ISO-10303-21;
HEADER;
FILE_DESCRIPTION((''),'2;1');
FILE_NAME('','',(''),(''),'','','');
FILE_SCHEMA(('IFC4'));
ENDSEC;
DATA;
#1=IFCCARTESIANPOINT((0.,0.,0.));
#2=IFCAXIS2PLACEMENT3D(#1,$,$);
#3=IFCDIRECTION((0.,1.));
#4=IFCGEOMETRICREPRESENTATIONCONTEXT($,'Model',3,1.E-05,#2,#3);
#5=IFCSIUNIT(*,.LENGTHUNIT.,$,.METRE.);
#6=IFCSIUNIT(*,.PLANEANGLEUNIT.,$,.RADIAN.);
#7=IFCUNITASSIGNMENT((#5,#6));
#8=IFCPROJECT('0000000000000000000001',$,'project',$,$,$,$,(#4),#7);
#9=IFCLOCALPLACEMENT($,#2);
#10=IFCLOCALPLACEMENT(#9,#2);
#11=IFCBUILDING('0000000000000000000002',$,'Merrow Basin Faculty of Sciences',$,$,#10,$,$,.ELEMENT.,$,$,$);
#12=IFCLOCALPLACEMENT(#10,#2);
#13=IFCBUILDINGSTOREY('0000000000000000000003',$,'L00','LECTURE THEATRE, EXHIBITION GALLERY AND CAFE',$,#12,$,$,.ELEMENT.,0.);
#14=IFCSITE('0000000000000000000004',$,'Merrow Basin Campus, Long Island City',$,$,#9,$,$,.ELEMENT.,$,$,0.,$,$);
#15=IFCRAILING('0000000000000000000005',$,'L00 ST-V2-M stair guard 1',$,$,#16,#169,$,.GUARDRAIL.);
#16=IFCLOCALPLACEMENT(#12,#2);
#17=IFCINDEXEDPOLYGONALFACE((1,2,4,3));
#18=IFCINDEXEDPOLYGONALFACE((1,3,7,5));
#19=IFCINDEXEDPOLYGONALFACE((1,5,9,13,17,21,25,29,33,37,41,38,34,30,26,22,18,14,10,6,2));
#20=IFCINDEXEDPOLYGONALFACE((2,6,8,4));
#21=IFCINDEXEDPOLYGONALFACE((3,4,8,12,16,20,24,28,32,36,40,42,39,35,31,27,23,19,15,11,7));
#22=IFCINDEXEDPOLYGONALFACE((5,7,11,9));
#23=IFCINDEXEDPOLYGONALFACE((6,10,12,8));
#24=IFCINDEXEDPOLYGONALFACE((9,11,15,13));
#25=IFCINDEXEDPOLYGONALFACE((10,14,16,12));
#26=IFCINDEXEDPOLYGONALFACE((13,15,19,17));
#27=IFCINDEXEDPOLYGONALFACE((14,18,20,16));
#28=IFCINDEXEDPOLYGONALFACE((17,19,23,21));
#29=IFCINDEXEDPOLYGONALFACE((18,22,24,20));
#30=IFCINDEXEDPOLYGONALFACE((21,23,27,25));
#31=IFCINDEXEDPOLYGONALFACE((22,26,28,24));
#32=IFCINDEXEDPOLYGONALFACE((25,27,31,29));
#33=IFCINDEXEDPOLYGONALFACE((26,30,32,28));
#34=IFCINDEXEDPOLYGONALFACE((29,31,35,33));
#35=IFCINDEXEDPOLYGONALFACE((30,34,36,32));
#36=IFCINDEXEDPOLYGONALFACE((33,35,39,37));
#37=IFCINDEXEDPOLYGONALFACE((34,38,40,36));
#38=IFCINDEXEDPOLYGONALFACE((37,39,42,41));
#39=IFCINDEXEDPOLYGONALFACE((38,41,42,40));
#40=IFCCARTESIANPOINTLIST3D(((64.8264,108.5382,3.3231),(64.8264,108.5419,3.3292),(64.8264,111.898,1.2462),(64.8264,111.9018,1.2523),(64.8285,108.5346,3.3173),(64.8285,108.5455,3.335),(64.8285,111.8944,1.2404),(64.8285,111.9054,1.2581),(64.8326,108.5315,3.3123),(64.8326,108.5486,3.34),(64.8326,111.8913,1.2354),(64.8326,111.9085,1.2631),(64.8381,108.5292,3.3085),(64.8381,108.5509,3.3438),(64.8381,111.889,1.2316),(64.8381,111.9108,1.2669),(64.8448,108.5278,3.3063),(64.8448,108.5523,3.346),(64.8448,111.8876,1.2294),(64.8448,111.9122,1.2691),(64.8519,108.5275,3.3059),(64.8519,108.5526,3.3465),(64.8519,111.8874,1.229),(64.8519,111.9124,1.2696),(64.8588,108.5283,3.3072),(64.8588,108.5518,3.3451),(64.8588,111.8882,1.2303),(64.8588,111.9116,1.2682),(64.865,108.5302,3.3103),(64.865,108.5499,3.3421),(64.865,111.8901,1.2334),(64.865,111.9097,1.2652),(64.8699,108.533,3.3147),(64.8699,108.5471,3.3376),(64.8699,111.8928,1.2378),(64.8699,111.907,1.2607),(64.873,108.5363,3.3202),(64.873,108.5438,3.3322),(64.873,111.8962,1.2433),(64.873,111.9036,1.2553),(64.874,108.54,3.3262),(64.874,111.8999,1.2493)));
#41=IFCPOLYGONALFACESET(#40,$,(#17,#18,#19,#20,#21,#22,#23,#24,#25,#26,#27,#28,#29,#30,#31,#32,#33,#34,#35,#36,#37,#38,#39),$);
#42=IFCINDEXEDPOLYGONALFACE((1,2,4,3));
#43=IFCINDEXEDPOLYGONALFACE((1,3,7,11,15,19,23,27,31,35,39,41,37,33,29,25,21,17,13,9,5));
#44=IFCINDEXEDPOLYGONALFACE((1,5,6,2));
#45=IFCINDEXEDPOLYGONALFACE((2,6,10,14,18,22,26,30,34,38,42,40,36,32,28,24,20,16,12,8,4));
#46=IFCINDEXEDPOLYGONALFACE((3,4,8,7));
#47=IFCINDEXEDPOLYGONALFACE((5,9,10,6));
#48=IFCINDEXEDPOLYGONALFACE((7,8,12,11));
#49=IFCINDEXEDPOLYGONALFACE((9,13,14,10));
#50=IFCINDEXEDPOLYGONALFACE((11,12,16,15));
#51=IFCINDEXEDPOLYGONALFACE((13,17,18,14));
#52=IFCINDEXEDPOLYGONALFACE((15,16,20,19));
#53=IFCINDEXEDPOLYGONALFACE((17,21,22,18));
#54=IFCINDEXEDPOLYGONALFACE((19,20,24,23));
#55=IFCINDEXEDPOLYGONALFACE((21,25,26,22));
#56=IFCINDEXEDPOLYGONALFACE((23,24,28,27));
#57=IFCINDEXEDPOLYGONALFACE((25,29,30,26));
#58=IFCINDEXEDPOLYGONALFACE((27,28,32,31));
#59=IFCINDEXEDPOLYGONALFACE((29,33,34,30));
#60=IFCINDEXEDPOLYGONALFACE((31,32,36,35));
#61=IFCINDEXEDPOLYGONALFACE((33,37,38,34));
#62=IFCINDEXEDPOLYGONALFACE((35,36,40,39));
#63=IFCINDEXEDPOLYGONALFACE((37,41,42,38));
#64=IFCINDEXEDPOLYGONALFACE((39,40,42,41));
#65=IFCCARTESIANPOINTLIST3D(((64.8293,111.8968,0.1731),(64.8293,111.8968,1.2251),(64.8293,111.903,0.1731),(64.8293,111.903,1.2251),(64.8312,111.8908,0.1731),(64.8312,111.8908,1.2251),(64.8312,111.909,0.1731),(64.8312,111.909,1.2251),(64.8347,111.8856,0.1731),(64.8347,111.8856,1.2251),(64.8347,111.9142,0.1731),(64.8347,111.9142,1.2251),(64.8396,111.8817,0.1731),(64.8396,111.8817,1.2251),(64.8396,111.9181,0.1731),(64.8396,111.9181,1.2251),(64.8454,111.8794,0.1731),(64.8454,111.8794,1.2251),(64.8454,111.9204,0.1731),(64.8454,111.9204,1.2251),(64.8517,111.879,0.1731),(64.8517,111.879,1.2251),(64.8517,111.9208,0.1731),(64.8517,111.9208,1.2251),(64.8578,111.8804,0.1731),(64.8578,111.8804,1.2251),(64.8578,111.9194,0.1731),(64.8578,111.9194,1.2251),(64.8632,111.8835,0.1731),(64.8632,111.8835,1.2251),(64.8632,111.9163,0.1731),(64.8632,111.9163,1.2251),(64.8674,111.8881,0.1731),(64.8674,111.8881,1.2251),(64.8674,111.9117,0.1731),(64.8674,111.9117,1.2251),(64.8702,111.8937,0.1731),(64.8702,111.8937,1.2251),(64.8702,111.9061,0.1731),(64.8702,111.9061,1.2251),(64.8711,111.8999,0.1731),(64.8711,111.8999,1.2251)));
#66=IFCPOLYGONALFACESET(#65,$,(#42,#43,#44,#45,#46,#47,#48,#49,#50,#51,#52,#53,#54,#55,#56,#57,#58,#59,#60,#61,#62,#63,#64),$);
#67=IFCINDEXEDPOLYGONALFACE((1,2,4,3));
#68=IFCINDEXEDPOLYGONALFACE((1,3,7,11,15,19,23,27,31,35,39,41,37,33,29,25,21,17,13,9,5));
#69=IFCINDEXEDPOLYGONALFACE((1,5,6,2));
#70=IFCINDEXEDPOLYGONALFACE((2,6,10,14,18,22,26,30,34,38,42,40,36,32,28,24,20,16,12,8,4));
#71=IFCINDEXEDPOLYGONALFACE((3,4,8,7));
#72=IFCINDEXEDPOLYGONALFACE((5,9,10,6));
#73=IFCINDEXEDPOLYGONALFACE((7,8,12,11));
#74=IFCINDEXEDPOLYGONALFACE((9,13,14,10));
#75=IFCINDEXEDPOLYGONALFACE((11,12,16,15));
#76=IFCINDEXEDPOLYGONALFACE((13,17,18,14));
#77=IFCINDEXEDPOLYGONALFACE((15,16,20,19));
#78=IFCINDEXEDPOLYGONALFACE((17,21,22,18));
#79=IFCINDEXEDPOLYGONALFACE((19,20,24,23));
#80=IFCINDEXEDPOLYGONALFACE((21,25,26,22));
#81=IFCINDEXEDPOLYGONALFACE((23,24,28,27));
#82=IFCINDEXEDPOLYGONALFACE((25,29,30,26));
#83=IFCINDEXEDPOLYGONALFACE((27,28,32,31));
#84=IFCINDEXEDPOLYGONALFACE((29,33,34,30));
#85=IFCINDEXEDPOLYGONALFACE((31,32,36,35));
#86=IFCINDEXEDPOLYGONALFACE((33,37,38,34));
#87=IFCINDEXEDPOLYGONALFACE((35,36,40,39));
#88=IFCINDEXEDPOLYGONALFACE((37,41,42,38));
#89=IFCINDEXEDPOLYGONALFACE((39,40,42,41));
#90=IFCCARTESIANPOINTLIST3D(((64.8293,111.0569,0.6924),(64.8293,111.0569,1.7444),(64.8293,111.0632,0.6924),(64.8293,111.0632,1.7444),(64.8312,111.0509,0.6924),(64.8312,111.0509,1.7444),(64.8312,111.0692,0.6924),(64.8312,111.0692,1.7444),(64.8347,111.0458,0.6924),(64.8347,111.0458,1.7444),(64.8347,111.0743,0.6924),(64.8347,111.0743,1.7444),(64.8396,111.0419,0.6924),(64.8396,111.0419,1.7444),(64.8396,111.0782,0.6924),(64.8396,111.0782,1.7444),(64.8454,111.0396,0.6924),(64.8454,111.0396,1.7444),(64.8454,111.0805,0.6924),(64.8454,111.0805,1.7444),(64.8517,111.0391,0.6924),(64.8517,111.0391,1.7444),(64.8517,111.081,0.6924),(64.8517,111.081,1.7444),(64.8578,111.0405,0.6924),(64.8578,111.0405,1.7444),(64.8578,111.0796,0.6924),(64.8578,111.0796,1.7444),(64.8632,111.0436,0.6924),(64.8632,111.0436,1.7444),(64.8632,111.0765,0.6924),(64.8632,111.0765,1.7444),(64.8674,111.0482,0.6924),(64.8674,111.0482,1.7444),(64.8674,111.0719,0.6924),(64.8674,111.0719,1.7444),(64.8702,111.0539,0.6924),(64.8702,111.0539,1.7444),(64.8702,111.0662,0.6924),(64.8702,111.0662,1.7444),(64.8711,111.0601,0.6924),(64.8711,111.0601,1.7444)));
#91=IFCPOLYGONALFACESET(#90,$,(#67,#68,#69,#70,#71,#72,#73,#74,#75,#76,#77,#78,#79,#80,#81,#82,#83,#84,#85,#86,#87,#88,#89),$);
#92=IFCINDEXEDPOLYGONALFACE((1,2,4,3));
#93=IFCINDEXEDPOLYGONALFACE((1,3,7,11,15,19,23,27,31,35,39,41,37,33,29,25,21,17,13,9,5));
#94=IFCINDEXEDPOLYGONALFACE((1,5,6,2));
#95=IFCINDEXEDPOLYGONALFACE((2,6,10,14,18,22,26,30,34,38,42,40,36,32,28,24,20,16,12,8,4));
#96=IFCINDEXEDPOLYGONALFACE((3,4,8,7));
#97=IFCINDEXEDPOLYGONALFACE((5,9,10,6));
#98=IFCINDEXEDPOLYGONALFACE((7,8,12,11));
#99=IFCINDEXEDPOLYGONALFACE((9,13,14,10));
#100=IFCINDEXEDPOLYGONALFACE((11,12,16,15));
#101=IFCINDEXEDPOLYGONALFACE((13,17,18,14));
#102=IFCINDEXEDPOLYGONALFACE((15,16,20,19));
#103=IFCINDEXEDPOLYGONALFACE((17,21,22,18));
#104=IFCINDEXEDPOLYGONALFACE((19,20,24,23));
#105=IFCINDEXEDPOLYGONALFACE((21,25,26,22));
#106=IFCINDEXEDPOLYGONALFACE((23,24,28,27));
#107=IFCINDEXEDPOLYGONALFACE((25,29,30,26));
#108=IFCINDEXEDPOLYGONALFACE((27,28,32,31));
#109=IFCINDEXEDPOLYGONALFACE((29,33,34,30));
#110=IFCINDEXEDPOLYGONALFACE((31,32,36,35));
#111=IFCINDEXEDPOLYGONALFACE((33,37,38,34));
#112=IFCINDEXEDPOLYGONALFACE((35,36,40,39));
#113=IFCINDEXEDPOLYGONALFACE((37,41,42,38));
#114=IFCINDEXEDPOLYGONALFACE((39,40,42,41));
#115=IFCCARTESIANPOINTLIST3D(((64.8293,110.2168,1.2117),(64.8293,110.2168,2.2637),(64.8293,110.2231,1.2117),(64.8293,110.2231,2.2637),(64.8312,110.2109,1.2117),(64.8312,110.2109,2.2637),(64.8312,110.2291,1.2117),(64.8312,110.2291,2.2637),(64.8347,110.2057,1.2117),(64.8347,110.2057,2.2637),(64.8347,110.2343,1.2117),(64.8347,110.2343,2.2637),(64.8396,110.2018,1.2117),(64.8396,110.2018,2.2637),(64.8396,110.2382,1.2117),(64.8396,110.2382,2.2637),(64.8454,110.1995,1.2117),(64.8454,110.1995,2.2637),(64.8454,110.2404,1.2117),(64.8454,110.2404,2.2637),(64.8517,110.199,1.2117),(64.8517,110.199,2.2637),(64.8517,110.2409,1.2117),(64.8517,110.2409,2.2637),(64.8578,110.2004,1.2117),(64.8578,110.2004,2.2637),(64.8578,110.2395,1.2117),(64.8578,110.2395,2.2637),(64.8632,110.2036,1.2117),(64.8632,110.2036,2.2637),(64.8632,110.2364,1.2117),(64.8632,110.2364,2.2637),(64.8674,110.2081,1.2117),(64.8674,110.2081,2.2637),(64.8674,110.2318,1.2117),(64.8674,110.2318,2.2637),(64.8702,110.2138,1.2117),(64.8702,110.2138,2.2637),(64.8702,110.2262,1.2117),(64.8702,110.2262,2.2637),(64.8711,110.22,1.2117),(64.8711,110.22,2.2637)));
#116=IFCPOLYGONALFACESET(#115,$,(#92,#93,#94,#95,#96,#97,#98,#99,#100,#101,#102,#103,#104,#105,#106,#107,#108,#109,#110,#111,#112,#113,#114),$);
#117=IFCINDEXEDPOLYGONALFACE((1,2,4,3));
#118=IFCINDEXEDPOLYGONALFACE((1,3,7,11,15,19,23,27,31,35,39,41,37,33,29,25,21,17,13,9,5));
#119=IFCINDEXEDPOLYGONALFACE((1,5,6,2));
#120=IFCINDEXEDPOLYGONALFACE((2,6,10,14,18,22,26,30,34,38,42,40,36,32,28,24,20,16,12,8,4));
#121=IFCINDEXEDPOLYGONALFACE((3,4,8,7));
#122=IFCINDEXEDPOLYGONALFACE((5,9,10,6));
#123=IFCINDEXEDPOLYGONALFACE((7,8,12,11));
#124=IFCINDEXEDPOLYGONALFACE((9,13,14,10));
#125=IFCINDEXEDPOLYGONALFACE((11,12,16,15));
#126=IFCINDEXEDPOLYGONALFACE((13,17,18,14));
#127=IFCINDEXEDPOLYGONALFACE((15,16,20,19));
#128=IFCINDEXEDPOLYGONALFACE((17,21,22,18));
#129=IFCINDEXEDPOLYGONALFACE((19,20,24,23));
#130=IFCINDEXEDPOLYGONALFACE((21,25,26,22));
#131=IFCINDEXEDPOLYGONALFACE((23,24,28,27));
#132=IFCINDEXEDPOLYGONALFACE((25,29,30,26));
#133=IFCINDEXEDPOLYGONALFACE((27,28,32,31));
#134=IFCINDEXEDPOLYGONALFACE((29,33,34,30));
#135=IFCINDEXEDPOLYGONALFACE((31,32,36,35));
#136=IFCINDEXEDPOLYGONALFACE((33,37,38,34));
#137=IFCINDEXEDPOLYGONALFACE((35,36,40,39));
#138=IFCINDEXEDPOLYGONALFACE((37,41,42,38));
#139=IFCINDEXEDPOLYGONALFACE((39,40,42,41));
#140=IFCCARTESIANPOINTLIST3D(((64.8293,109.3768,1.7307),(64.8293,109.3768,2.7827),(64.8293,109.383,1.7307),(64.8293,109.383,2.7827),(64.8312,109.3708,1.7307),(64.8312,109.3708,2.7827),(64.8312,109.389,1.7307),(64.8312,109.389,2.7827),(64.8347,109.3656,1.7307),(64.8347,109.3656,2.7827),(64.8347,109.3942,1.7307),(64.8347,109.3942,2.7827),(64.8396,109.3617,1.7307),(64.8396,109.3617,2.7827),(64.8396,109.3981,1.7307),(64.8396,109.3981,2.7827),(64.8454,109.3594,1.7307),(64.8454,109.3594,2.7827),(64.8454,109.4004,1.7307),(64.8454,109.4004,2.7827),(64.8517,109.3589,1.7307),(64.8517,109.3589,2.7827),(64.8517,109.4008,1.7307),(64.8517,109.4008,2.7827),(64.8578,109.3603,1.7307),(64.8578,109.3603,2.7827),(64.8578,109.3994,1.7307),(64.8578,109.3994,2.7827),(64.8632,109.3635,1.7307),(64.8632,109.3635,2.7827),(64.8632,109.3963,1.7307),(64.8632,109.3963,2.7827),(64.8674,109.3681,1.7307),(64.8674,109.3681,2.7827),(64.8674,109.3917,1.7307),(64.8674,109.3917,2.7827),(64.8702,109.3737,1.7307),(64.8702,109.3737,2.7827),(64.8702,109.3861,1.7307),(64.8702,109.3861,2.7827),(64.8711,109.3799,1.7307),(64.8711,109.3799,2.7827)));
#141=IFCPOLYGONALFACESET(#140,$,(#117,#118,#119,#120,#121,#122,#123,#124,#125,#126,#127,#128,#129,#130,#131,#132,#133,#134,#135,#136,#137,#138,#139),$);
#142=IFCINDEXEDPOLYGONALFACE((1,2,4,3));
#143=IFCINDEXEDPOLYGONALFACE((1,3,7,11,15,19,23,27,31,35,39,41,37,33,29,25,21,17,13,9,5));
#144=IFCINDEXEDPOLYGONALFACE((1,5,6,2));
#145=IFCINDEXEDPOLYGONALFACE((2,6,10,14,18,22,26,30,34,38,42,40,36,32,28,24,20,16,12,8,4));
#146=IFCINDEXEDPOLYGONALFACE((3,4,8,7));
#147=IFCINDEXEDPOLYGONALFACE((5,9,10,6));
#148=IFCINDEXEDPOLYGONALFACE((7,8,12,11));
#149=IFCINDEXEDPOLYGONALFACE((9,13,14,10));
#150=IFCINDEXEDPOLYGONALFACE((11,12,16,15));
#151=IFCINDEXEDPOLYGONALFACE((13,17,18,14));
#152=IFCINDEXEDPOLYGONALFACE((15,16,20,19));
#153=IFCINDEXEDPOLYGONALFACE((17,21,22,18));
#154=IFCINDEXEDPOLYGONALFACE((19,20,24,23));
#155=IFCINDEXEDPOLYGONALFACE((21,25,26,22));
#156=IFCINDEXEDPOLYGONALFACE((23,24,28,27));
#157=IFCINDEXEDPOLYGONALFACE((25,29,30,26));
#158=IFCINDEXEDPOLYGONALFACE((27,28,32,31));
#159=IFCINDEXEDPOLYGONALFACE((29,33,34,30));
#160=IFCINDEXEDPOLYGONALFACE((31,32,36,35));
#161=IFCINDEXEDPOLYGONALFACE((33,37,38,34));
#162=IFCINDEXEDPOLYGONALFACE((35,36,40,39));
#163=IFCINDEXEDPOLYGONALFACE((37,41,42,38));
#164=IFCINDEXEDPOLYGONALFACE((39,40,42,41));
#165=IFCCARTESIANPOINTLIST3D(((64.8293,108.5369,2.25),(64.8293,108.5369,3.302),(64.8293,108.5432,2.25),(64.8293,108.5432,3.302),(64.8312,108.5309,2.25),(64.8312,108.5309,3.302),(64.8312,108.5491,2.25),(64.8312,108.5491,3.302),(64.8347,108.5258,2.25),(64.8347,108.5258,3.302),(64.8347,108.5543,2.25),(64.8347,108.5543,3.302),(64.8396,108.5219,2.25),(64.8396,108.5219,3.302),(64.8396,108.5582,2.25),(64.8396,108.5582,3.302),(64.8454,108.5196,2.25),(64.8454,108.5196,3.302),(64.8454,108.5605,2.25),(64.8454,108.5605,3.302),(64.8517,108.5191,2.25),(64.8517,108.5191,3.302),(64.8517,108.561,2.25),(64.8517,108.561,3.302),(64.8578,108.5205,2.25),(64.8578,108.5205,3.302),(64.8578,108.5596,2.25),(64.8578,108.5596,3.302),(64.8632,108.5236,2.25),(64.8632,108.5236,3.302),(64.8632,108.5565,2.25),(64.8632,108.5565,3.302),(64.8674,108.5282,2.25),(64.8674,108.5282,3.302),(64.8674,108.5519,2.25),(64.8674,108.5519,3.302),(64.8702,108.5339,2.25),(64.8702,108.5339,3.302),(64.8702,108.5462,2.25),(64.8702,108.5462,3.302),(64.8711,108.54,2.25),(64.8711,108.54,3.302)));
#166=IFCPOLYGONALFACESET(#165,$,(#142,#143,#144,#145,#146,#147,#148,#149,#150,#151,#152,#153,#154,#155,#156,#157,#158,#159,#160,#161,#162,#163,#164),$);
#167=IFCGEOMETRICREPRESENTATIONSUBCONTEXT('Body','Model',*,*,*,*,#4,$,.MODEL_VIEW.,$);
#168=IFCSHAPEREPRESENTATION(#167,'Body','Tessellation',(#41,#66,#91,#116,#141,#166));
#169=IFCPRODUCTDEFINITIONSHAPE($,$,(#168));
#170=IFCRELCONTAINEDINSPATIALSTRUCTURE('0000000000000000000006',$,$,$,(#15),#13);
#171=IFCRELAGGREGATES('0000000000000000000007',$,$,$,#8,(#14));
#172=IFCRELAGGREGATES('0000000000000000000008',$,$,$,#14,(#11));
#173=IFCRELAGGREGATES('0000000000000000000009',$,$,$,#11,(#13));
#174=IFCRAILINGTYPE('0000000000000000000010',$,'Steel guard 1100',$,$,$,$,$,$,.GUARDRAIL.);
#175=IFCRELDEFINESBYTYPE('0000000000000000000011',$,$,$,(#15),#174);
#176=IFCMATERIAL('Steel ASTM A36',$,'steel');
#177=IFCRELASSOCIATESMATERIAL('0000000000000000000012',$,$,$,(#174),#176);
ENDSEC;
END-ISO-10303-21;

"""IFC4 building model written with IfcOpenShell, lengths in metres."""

from ifc_helpers import new_model, si_unit, direction, frame, origin, origin_2d, place, context, subcontext, project, spatial, circle, extrude, material, type_object, element, save


model = new_model("IFC4")

# Units and contexts
model_context = context("Model", 3, precision=1e-05, world=origin(), true_north=direction((0.0, 1.0)))
body_context = subcontext(model_context, "Body", "Model", "MODEL_VIEW")
ifc_project = project(units=[si_unit("LENGTHUNIT", "METRE"), si_unit("PLANEANGLEUNIT", "RADIAN")], contexts=[model_context])

# Site, building, storey
site_placement = place(None, origin())
site = spatial("IfcSite", under=ifc_project, at=site_placement, Name="Merrow Basin Campus, Long Island City", CompositionType="ELEMENT", RefElevation=0.0)
building_placement = place(site_placement, origin())
building = spatial("IfcBuilding", under=site, at=building_placement, Name="Merrow Basin Faculty of Sciences", CompositionType="ELEMENT")
storey_placement = place(building_placement, origin())
storey = spatial("IfcBuildingStorey", under=building, at=storey_placement, Name="L00", Description="LECTURE THEATRE, EXHIBITION GALLERY AND CAFE", CompositionType="ELEMENT", Elevation=0.0)

# Railing
ifc_material_1 = material(Name="Steel ASTM A36", Category="steel")
railing_type_1 = type_object("IfcRailingType", Name="Steel guard 1100", PredefinedType="GUARDRAIL", material=ifc_material_1)
railing_1_placement = place(storey_placement, frame((64.8501, 111.8999, 0.1731)))
element("IfcRailing", 1, at=railing_1_placement, inside=storey, type_object=railing_type_1, Name="L00 ST-V2-M stair guard 1", PredefinedType="GUARDRAIL", context=body_context, shape_type="SweptSolid", body=[
    extrude(circle(Radius=0.0239, at=origin_2d()), frame((0.0, 0.0, 1.0762), z_axis=(0.0, -0.850606, 0.525803), x_axis=(1.0, 0.0, 0.0)), (0.0, 0.0, 1.0), 3.95),
    extrude(circle(Radius=0.021, at=origin_2d()), origin(), (0.0, 0.0, 1.0), 1.052),
    extrude(circle(Radius=0.021, at=origin_2d()), frame((0.0, -0.8398, 0.5193)), (0.0, 0.0, 1.0), 1.052),
    extrude(circle(Radius=0.021, at=origin_2d()), frame((0.0, -1.6799, 1.0386)), (0.0, 0.0, 1.0), 1.052),
    extrude(circle(Radius=0.021, at=origin_2d()), frame((0.0, -2.52, 1.5576)), (0.0, 0.0, 1.0), 1.052),
    extrude(circle(Radius=0.021, at=origin_2d()), frame((0.0, -3.3599, 2.0769)), (0.0, 0.0, 1.0), 1.052),
])

save(model, "model.ifc")
